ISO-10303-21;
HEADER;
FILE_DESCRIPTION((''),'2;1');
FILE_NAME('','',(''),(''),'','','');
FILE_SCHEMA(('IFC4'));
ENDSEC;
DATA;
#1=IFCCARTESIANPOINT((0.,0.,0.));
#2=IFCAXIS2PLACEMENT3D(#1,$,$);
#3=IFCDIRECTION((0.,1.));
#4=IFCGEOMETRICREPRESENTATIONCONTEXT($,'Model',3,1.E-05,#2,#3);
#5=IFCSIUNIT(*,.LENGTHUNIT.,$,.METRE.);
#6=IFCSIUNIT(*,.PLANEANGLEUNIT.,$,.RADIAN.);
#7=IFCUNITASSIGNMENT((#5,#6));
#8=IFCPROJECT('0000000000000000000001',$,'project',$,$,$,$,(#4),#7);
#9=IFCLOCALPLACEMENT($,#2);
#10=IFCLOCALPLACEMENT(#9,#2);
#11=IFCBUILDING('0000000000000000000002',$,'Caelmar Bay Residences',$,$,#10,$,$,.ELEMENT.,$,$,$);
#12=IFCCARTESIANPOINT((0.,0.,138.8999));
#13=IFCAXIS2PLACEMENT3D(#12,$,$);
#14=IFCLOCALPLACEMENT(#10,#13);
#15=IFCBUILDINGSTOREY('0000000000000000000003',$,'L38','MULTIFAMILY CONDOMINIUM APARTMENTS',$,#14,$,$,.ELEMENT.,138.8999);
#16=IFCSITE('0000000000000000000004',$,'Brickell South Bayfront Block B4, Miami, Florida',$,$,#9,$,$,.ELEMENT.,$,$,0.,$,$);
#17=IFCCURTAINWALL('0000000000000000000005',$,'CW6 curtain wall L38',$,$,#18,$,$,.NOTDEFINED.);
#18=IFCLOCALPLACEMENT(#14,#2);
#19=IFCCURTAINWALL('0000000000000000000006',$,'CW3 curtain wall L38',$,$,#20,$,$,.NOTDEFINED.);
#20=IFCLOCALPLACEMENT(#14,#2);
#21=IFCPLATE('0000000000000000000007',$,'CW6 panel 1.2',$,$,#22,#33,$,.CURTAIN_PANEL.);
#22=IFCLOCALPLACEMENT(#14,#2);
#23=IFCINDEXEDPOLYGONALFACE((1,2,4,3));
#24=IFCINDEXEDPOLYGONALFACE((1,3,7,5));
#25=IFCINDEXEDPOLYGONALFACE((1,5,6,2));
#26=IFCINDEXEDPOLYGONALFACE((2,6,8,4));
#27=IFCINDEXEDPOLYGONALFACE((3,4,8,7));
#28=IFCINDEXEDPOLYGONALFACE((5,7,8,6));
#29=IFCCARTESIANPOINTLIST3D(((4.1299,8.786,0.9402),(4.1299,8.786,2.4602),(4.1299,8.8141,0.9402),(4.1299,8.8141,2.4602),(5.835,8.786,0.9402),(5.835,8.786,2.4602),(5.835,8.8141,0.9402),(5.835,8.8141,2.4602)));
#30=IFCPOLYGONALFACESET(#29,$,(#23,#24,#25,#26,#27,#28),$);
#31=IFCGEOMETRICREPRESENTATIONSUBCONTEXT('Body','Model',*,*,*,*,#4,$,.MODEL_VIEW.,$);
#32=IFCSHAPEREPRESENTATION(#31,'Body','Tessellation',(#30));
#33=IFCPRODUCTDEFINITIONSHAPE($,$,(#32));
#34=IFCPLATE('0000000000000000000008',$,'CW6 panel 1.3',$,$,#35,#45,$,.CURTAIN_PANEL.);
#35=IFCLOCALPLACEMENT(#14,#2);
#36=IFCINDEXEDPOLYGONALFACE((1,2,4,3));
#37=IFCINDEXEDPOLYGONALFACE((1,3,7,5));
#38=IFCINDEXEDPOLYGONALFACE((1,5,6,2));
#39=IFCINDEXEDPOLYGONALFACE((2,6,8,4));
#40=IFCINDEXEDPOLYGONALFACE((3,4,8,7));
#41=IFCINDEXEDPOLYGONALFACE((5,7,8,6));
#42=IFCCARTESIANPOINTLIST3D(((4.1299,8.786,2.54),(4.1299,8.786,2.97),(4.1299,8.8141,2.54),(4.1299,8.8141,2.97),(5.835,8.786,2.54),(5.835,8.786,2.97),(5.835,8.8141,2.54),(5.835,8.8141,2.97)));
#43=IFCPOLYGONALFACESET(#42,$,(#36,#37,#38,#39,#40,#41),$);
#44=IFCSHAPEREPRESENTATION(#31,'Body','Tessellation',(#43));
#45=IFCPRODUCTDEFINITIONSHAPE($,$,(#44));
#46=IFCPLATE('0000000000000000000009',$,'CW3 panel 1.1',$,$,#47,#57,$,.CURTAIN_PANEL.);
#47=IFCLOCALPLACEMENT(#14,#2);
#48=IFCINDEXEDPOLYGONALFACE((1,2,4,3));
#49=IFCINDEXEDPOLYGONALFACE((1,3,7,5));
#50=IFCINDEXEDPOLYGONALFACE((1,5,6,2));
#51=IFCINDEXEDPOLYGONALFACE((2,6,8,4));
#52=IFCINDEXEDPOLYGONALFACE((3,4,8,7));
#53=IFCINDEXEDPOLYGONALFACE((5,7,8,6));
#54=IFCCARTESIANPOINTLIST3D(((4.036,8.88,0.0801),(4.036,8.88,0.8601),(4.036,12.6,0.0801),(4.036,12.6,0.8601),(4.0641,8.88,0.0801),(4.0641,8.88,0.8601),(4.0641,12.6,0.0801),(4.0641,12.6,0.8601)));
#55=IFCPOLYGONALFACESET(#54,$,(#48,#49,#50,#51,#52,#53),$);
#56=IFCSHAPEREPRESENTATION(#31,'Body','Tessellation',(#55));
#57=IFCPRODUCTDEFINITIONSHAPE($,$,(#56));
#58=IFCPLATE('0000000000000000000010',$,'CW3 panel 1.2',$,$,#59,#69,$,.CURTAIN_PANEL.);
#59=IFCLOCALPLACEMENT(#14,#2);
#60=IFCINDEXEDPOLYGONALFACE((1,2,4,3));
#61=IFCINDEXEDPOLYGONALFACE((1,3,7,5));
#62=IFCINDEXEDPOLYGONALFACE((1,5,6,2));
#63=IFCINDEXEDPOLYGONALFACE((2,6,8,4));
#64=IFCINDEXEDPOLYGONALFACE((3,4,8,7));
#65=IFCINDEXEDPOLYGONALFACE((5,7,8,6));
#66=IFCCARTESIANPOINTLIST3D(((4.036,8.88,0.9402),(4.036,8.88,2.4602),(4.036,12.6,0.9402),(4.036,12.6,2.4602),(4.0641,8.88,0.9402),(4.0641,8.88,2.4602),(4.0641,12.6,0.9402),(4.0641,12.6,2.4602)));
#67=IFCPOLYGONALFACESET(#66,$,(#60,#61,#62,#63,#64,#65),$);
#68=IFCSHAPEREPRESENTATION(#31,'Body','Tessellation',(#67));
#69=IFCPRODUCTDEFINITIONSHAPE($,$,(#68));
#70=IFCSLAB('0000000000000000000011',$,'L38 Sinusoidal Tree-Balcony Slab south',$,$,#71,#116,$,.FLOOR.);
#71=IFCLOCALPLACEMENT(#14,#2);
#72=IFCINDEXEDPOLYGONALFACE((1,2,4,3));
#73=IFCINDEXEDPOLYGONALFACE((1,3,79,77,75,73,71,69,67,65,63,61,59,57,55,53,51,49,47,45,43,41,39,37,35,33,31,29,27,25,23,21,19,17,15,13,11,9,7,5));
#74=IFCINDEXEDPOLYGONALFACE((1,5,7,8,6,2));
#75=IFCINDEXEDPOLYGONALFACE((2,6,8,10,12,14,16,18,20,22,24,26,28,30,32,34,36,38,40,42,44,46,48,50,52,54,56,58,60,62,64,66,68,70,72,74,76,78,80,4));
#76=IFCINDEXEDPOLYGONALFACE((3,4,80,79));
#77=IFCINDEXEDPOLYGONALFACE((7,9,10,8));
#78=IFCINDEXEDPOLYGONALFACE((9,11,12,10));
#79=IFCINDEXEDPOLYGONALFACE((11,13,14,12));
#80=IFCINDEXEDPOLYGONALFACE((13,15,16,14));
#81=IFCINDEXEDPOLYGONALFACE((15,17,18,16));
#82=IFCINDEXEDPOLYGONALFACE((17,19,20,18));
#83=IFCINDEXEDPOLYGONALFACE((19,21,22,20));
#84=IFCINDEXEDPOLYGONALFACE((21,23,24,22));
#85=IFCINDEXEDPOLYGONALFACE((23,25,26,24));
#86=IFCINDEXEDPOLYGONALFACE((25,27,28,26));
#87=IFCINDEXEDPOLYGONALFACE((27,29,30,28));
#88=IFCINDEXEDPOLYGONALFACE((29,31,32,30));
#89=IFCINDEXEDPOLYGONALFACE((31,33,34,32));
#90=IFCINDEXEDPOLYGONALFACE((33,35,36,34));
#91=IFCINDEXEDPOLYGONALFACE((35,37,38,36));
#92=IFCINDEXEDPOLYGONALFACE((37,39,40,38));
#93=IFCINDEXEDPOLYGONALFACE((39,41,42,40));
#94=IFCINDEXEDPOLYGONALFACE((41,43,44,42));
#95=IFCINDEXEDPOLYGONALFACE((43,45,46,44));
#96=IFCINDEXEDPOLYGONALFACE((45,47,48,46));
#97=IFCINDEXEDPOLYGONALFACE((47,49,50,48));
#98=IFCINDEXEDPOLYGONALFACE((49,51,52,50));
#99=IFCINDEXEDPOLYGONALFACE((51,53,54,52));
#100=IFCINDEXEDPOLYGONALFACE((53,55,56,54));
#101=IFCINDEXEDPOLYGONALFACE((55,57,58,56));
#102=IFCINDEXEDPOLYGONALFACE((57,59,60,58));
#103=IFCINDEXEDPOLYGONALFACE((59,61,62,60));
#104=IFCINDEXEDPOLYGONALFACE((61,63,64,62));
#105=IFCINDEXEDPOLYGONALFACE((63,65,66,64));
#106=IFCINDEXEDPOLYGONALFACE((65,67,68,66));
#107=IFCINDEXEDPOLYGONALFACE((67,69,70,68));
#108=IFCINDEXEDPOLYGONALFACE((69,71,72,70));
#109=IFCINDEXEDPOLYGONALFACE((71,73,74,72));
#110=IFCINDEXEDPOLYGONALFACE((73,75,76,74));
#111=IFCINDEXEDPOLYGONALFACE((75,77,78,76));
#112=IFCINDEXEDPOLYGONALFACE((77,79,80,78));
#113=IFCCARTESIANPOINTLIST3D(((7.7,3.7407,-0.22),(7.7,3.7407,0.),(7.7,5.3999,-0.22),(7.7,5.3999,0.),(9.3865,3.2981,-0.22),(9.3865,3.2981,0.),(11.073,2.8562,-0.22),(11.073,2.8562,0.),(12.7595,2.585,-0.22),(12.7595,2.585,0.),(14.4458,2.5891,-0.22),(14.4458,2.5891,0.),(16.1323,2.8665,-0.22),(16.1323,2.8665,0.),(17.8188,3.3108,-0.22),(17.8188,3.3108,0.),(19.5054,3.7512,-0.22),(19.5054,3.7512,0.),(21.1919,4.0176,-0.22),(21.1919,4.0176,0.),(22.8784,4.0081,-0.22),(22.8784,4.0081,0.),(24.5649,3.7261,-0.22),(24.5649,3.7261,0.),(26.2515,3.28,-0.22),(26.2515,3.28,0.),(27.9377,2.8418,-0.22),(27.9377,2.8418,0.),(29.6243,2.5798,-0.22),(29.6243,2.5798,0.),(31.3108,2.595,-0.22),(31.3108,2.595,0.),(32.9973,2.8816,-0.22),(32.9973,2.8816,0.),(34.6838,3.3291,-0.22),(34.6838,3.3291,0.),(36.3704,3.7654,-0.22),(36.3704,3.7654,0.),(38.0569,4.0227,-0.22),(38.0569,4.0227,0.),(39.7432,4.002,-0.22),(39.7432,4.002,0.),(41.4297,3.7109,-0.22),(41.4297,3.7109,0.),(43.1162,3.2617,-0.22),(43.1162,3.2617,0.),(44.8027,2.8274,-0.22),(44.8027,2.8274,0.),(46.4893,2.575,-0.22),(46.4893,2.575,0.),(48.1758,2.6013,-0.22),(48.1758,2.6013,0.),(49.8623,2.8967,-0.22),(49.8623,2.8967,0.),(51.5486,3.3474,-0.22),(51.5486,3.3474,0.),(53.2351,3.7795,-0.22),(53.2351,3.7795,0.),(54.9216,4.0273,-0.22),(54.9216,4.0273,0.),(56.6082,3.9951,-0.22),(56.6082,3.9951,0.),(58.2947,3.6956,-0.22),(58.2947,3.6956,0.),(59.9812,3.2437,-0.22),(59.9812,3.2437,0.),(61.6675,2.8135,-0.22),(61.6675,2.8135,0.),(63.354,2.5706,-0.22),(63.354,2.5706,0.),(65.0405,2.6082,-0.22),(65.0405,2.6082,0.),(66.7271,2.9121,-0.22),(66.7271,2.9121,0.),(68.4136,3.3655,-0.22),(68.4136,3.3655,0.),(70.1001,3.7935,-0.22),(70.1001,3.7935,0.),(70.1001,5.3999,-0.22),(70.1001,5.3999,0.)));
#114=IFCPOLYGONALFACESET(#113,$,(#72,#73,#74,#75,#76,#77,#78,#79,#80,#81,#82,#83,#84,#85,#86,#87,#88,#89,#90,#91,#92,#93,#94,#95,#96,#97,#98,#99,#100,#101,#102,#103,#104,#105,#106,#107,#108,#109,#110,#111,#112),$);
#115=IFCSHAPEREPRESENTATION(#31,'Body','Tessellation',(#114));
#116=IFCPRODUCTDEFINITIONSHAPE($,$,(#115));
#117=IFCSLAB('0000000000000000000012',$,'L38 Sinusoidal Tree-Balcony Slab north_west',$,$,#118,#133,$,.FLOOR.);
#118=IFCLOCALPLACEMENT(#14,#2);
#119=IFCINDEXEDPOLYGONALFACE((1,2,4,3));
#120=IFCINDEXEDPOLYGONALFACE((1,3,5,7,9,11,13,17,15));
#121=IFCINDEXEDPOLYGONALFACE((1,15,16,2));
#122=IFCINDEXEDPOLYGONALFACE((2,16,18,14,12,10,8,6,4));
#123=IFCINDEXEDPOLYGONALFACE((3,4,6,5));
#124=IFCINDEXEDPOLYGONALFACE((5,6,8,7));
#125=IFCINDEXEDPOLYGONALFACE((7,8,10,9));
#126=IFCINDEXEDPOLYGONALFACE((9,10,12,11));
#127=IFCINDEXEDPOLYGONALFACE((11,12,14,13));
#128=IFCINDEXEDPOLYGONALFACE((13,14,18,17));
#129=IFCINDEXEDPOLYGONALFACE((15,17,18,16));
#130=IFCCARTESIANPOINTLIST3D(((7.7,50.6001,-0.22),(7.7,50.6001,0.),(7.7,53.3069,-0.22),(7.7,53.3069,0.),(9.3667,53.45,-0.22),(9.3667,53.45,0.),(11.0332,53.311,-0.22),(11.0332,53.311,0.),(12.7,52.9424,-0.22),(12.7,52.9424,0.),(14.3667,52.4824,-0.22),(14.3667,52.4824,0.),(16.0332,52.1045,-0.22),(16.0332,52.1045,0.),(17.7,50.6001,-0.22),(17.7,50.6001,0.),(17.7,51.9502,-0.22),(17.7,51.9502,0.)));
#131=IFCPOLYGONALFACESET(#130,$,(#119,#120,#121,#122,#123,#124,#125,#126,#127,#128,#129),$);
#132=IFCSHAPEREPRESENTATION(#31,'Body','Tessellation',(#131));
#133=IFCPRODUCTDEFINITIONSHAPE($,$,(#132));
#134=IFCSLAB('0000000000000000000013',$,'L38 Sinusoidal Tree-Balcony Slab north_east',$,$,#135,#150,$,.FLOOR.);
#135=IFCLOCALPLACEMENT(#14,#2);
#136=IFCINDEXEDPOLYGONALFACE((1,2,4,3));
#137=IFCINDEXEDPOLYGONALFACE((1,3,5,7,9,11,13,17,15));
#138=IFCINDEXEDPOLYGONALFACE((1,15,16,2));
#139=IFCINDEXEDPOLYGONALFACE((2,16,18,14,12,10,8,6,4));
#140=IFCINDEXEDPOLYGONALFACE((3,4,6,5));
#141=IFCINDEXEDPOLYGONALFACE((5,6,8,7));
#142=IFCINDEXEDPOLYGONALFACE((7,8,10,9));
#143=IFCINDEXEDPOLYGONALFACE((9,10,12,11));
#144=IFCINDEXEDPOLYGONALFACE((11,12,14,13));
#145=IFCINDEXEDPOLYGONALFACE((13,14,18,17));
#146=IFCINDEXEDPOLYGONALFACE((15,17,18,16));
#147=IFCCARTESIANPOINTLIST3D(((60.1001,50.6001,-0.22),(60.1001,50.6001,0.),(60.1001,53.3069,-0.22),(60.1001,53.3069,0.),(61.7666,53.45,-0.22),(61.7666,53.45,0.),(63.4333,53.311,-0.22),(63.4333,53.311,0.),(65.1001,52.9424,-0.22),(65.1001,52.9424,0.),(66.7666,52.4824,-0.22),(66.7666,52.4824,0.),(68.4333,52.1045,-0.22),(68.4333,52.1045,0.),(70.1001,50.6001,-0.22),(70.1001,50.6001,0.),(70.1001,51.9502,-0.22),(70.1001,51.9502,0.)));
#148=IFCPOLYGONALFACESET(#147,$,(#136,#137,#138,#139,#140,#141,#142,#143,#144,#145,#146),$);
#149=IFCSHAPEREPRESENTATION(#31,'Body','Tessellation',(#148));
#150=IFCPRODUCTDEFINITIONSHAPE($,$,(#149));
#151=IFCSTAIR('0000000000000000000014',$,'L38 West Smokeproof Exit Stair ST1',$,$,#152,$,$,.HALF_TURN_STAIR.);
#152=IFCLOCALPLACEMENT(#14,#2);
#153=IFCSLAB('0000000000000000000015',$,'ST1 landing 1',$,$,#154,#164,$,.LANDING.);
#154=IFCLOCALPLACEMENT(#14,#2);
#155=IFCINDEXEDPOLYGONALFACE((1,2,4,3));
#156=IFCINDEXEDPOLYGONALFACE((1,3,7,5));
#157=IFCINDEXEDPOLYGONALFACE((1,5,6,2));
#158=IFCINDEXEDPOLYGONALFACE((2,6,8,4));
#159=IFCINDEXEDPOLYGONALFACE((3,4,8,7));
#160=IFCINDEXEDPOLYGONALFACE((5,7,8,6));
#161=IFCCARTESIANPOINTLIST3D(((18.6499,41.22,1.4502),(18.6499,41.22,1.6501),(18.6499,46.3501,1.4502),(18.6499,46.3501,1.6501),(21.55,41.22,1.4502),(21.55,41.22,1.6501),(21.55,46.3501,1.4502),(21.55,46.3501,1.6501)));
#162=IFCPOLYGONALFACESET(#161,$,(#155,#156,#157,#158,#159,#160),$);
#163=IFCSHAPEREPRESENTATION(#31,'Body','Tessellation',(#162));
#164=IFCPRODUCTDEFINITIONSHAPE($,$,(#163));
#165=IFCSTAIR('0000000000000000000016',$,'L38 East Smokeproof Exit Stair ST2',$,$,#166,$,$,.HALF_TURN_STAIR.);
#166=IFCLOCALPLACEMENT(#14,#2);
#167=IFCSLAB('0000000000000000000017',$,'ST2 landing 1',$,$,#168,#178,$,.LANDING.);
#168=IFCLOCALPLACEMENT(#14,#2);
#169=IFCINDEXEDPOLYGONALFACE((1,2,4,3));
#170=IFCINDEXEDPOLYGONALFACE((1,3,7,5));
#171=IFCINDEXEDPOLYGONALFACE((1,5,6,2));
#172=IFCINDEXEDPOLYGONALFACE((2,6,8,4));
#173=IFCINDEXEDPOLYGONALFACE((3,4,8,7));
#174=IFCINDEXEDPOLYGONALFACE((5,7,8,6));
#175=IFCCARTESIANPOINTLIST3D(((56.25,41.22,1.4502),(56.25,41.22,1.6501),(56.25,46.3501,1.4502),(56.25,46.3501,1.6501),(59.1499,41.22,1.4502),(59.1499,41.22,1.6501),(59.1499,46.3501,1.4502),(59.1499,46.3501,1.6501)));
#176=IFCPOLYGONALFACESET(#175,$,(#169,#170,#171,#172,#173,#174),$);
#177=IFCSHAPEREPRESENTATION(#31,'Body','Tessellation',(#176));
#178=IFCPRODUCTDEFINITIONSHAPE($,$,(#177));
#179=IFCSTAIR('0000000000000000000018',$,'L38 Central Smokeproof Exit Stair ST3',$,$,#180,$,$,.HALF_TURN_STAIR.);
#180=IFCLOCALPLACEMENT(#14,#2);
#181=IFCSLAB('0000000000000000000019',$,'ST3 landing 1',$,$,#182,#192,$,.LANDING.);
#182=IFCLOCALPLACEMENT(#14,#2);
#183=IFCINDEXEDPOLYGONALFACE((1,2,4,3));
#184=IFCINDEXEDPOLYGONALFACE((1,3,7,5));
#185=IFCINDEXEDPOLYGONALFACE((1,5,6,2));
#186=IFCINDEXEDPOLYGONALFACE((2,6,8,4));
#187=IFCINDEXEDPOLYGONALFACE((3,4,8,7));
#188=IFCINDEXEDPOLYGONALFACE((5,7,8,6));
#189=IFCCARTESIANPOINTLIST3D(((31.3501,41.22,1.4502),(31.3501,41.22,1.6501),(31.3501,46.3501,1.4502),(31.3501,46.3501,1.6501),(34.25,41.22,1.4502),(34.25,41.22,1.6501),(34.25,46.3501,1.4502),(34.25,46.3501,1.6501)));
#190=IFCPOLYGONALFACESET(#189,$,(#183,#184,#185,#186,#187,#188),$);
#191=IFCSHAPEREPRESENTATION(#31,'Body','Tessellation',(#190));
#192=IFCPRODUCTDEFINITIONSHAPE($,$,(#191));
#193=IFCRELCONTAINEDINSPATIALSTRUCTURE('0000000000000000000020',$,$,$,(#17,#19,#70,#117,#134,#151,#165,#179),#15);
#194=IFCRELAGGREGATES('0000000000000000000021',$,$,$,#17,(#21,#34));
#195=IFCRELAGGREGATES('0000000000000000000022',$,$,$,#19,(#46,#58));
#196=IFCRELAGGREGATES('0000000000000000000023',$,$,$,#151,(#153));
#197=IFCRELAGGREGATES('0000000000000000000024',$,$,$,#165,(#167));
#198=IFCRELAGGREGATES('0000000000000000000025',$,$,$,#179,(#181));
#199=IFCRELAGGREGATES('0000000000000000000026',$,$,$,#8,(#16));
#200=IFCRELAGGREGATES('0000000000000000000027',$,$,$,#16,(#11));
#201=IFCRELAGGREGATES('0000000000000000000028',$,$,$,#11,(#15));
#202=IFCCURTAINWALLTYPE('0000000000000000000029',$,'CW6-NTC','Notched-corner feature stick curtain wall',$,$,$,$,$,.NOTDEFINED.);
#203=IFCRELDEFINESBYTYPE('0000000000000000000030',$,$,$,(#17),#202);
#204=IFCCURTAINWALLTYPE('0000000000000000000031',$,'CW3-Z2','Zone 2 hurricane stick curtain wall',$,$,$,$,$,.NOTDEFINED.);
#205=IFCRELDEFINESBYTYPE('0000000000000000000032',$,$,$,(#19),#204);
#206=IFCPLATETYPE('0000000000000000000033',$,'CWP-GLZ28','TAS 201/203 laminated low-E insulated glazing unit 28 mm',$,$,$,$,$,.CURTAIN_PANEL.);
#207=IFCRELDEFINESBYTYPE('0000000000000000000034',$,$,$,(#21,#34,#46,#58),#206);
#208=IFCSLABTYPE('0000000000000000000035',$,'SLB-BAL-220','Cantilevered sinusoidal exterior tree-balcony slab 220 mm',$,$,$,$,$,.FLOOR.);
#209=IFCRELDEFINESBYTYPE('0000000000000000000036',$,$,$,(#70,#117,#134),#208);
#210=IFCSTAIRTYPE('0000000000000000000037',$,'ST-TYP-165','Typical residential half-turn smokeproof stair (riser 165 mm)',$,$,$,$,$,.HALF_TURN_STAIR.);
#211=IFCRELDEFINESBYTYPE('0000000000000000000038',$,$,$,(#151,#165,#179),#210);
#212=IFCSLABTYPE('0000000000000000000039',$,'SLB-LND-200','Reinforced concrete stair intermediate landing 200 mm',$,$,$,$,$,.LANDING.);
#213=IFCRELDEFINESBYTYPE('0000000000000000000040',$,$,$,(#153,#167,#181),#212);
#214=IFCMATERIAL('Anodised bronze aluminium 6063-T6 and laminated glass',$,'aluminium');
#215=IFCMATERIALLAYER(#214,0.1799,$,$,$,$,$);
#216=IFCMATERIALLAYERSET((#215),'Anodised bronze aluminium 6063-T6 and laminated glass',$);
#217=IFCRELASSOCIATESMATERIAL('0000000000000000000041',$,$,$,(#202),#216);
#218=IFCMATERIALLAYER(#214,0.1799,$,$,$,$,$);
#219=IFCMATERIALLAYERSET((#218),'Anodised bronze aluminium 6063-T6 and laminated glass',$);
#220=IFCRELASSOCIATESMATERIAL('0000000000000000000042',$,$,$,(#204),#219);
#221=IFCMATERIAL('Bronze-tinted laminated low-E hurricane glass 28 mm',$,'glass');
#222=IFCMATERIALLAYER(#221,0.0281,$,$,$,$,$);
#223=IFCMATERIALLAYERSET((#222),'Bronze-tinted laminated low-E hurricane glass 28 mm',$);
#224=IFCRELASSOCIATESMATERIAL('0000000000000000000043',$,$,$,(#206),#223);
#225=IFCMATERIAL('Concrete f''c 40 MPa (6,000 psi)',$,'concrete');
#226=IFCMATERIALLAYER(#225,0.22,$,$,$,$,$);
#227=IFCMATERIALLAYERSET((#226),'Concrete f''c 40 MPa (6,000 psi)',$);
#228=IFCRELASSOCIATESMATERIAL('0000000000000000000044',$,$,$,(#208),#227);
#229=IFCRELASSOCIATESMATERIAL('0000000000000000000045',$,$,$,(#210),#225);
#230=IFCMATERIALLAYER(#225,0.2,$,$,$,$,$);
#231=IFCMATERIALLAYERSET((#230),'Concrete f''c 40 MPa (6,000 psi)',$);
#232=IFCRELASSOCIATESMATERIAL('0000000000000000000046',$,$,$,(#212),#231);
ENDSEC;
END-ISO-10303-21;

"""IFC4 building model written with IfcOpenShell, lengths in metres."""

from ifc_helpers import new_model, si_unit, direction, frame, origin, origin_2d, place, context, subcontext, project, spatial, polyline, rectangle, outline, extrude, material, layer, layer_set, type_object, element, aggregate, save


model = new_model("IFC4")

# Units and contexts
model_context = context("Model", 3, precision=1e-05, world=origin(), true_north=direction((0.0, 1.0)))
body_context = subcontext(model_context, "Body", "Model", "MODEL_VIEW")
ifc_project = project(units=[si_unit("LENGTHUNIT", "METRE"), si_unit("PLANEANGLEUNIT", "RADIAN")], contexts=[model_context])

# Site, building, storey
site_placement = place(None, origin())
site = spatial("IfcSite", under=ifc_project, at=site_placement, Name="Brickell South Bayfront Block B4, Miami, Florida", CompositionType="ELEMENT", RefElevation=0.0)
building_placement = place(site_placement, origin())
building = spatial("IfcBuilding", under=site, at=building_placement, Name="Caelmar Bay Residences", CompositionType="ELEMENT")
storey_placement = place(building_placement, frame((0.0, 0.0, 138.8999)))
storey = spatial("IfcBuildingStorey", under=building, at=storey_placement, Name="L38", Description="MULTIFAMILY CONDOMINIUM APARTMENTS", CompositionType="ELEMENT", Elevation=138.8999)

# Curtain wall
ifc_material_1 = material(Name="Anodised bronze aluminium 6063-T6 and laminated glass", Category="aluminium")
ifc_layer_1 = layer(ifc_material_1, 0.1799)
ifc_layer_set_1 = layer_set([ifc_layer_1], Name="Anodised bronze aluminium 6063-T6 and laminated glass")
curtain_wall_type_1 = type_object("IfcCurtainWallType", Name="CW6-NTC", Description="Notched-corner feature stick curtain wall", PredefinedType="NOTDEFINED", material=ifc_layer_set_1)
curtain_wall_1_placement = place(storey_placement, origin())
curtain_wall_1 = element("IfcCurtainWall", 1, at=curtain_wall_1_placement, inside=storey, type_object=curtain_wall_type_1, Name="CW6 curtain wall L38", PredefinedType="NOTDEFINED")

# Curtain wall
ifc_layer_2 = layer(ifc_material_1, 0.1799)
ifc_layer_set_2 = layer_set([ifc_layer_2], Name="Anodised bronze aluminium 6063-T6 and laminated glass")
curtain_wall_type_2 = type_object("IfcCurtainWallType", Name="CW3-Z2", Description="Zone 2 hurricane stick curtain wall", PredefinedType="NOTDEFINED", material=ifc_layer_set_2)
curtain_wall_2_placement = place(storey_placement, origin())
curtain_wall_2 = element("IfcCurtainWall", 2, at=curtain_wall_2_placement, inside=storey, type_object=curtain_wall_type_2, Name="CW3 curtain wall L38", PredefinedType="NOTDEFINED")

# Plates
ifc_material_2 = material(Name="Bronze-tinted laminated low-E hurricane glass 28 mm", Category="glass")
ifc_layer_3 = layer(ifc_material_2, 0.0281)
ifc_layer_set_3 = layer_set([ifc_layer_3], Name="Bronze-tinted laminated low-E hurricane glass 28 mm")
plate_type = type_object("IfcPlateType", Name="CWP-GLZ28", Description="TAS 201/203 laminated low-E insulated glazing unit 28 mm", PredefinedType="CURTAIN_PANEL", material=ifc_layer_set_3)
plate_1_placement = place(storey_placement, frame((4.9824, 8.8, 0.9402), z_axis=(0.0, 0.0, 1.0), x_axis=(1.0, 0.0, 0.0)))
plate_1 = element("IfcPlate", 3, at=plate_1_placement, type_object=plate_type, Name="CW6 panel 1.2", PredefinedType="CURTAIN_PANEL", context=body_context, shape_type="SweptSolid", body=[
    extrude(rectangle(XDim=1.7051, YDim=0.0281, at=origin_2d()), origin(), (0.0, 0.0, 1.0), 1.52),
])
plate_2_placement = place(storey_placement, frame((4.9824, 8.8, 2.54), z_axis=(0.0, 0.0, 1.0), x_axis=(1.0, 0.0, 0.0)))
plate_2 = element("IfcPlate", 4, at=plate_2_placement, type_object=plate_type, Name="CW6 panel 1.3", PredefinedType="CURTAIN_PANEL", context=body_context, shape_type="SweptSolid", body=[
    extrude(rectangle(XDim=1.7051, YDim=0.0281, at=origin_2d()), origin(), (0.0, 0.0, 1.0), 0.4299),
])
aggregate(curtain_wall_1, [plate_1, plate_2])
plate_3_placement = place(storey_placement, frame((4.05, 10.74, 0.0801), z_axis=(0.0, 0.0, 1.0), x_axis=(0.0, 1.0, 0.0)))
plate_3 = element("IfcPlate", 5, at=plate_3_placement, type_object=plate_type, Name="CW3 panel 1.1", PredefinedType="CURTAIN_PANEL", context=body_context, shape_type="SweptSolid", body=[
    extrude(rectangle(XDim=3.72, YDim=0.0281, at=origin_2d()), origin(), (0.0, 0.0, 1.0), 0.78),
])
plate_4_placement = place(storey_placement, frame((4.05, 10.74, 0.9402), z_axis=(0.0, 0.0, 1.0), x_axis=(0.0, 1.0, 0.0)))
plate_4 = element("IfcPlate", 6, at=plate_4_placement, type_object=plate_type, Name="CW3 panel 1.2", PredefinedType="CURTAIN_PANEL", context=body_context, shape_type="SweptSolid", body=[
    extrude(rectangle(XDim=3.72, YDim=0.0281, at=origin_2d()), origin(), (0.0, 0.0, 1.0), 1.52),
])
aggregate(curtain_wall_2, [plate_3, plate_4])

# Slabs
ifc_material_3 = material(Name="Concrete f'c 40 MPa (6,000 psi)", Category="concrete")
ifc_layer_4 = layer(ifc_material_3, 0.22)
ifc_layer_set_4 = layer_set([ifc_layer_4], Name="Concrete f'c 40 MPa (6,000 psi)")
slab_type_1 = type_object("IfcSlabType", Name="SLB-BAL-220", Description="Cantilevered sinusoidal exterior tree-balcony slab 220 mm", PredefinedType="FLOOR", material=ifc_layer_set_4)
slab_1_placement = place(storey_placement, frame((0.0, 0.0, -0.22)))
element("IfcSlab", 7, at=slab_1_placement, inside=storey, type_object=slab_type_1, Name="L38 Sinusoidal Tree-Balcony Slab south", PredefinedType="FLOOR", context=body_context, shape_type="SweptSolid", body=[
    extrude(outline(polyline([(7.7, 3.7407), (9.3865, 3.2981), (11.073, 2.8562), (12.7595, 2.585), (14.4458, 2.5891), (16.1323, 2.8665), (17.8188, 3.3108), (19.5054, 3.7512), (21.1919, 4.0176), (22.8784, 4.0081), (24.5649, 3.7261), (26.2515, 3.28), (27.9377, 2.8418), (29.6243, 2.5798), (31.3108, 2.595), (32.9973, 2.8816), (34.6838, 3.3291), (36.3704, 3.7654), (38.0569, 4.0227), (39.7432, 4.002), (41.4297, 3.7109), (43.1162, 3.2617), (44.8027, 2.8274), (46.4893, 2.575), (48.1758, 2.6013), (49.8623, 2.8967), (51.5486, 3.3474), (53.2351, 3.7795), (54.9216, 4.0273), (56.6082, 3.9951), (58.2947, 3.6956), (59.9812, 3.2437), (61.6675, 2.8135), (63.354, 2.5706), (65.0405, 2.6082), (66.7271, 2.9121), (68.4136, 3.3655), (70.1001, 3.7935), (70.1001, 5.3999), (7.7, 5.3999), (7.7, 3.7407)])), origin(), (0.0, 0.0, 1.0), 0.22),
])
slab_2_placement = place(storey_placement, frame((0.0, 0.0, -0.22)))
element("IfcSlab", 8, at=slab_2_placement, inside=storey, type_object=slab_type_1, Name="L38 Sinusoidal Tree-Balcony Slab north_west", PredefinedType="FLOOR", context=body_context, shape_type="SweptSolid", body=[
    extrude(outline(polyline([(7.7, 50.6001), (17.7, 50.6001), (17.7, 51.9502), (16.0332, 52.1045), (14.3667, 52.4824), (12.7, 52.9424), (11.0332, 53.311), (9.3667, 53.45), (7.7, 53.3069), (7.7, 50.6001)])), origin(), (0.0, 0.0, 1.0), 0.22),
])
slab_3_placement = place(storey_placement, frame((0.0, 0.0, -0.22)))
element("IfcSlab", 9, at=slab_3_placement, inside=storey, type_object=slab_type_1, Name="L38 Sinusoidal Tree-Balcony Slab north_east", PredefinedType="FLOOR", context=body_context, shape_type="SweptSolid", body=[
    extrude(outline(polyline([(60.1001, 50.6001), (70.1001, 50.6001), (70.1001, 51.9502), (68.4333, 52.1045), (66.7666, 52.4824), (65.1001, 52.9424), (63.4333, 53.311), (61.7666, 53.45), (60.1001, 53.3069), (60.1001, 50.6001)])), origin(), (0.0, 0.0, 1.0), 0.22),
])

# Stairs, slabs
stair_type = type_object("IfcStairType", Name="ST-TYP-165", Description="Typical residential half-turn smokeproof stair (riser 165 mm)", PredefinedType="HALF_TURN_STAIR", material=ifc_material_3)
stair_1_placement = place(storey_placement, origin())
stair_1 = element("IfcStair", 10, at=stair_1_placement, inside=storey, type_object=stair_type, Name="L38 West Smokeproof Exit Stair ST1", PredefinedType="HALF_TURN_STAIR")
ifc_layer_5 = layer(ifc_material_3, 0.2)
ifc_layer_set_5 = layer_set([ifc_layer_5], Name="Concrete f'c 40 MPa (6,000 psi)")
slab_type_2 = type_object("IfcSlabType", Name="SLB-LND-200", Description="Reinforced concrete stair intermediate landing 200 mm", PredefinedType="LANDING", material=ifc_layer_set_5)
slab_4_placement = place(storey_placement, frame((0.0, 0.0, 1.4502)))
slab_4 = element("IfcSlab", 11, at=slab_4_placement, type_object=slab_type_2, Name="ST1 landing 1", PredefinedType="LANDING", context=body_context, shape_type="SweptSolid", body=[
    extrude(outline(polyline([(21.55, 41.22), (21.55, 46.3501), (18.6499, 46.3501), (18.6499, 41.22), (21.55, 41.22)])), origin(), (0.0, 0.0, 1.0), 0.2),
])
aggregate(stair_1, [slab_4])
stair_2_placement = place(storey_placement, origin())
stair_2 = element("IfcStair", 12, at=stair_2_placement, inside=storey, type_object=stair_type, Name="L38 East Smokeproof Exit Stair ST2", PredefinedType="HALF_TURN_STAIR")
slab_5_placement = place(storey_placement, frame((0.0, 0.0, 1.4502)))
slab_5 = element("IfcSlab", 13, at=slab_5_placement, type_object=slab_type_2, Name="ST2 landing 1", PredefinedType="LANDING", context=body_context, shape_type="SweptSolid", body=[
    extrude(outline(polyline([(59.1499, 41.22), (59.1499, 46.3501), (56.25, 46.3501), (56.25, 41.22), (59.1499, 41.22)])), origin(), (0.0, 0.0, 1.0), 0.2),
])
aggregate(stair_2, [slab_5])
stair_3_placement = place(storey_placement, origin())
stair_3 = element("IfcStair", 14, at=stair_3_placement, inside=storey, type_object=stair_type, Name="L38 Central Smokeproof Exit Stair ST3", PredefinedType="HALF_TURN_STAIR")
slab_6_placement = place(storey_placement, frame((0.0, 0.0, 1.4502)))
slab_6 = element("IfcSlab", 15, at=slab_6_placement, type_object=slab_type_2, Name="ST3 landing 1", PredefinedType="LANDING", context=body_context, shape_type="SweptSolid", body=[
    extrude(outline(polyline([(34.25, 41.22), (34.25, 46.3501), (31.3501, 46.3501), (31.3501, 41.22), (34.25, 41.22)])), origin(), (0.0, 0.0, 1.0), 0.2),
])
aggregate(stair_3, [slab_6])

save(model, "model.ifc")
